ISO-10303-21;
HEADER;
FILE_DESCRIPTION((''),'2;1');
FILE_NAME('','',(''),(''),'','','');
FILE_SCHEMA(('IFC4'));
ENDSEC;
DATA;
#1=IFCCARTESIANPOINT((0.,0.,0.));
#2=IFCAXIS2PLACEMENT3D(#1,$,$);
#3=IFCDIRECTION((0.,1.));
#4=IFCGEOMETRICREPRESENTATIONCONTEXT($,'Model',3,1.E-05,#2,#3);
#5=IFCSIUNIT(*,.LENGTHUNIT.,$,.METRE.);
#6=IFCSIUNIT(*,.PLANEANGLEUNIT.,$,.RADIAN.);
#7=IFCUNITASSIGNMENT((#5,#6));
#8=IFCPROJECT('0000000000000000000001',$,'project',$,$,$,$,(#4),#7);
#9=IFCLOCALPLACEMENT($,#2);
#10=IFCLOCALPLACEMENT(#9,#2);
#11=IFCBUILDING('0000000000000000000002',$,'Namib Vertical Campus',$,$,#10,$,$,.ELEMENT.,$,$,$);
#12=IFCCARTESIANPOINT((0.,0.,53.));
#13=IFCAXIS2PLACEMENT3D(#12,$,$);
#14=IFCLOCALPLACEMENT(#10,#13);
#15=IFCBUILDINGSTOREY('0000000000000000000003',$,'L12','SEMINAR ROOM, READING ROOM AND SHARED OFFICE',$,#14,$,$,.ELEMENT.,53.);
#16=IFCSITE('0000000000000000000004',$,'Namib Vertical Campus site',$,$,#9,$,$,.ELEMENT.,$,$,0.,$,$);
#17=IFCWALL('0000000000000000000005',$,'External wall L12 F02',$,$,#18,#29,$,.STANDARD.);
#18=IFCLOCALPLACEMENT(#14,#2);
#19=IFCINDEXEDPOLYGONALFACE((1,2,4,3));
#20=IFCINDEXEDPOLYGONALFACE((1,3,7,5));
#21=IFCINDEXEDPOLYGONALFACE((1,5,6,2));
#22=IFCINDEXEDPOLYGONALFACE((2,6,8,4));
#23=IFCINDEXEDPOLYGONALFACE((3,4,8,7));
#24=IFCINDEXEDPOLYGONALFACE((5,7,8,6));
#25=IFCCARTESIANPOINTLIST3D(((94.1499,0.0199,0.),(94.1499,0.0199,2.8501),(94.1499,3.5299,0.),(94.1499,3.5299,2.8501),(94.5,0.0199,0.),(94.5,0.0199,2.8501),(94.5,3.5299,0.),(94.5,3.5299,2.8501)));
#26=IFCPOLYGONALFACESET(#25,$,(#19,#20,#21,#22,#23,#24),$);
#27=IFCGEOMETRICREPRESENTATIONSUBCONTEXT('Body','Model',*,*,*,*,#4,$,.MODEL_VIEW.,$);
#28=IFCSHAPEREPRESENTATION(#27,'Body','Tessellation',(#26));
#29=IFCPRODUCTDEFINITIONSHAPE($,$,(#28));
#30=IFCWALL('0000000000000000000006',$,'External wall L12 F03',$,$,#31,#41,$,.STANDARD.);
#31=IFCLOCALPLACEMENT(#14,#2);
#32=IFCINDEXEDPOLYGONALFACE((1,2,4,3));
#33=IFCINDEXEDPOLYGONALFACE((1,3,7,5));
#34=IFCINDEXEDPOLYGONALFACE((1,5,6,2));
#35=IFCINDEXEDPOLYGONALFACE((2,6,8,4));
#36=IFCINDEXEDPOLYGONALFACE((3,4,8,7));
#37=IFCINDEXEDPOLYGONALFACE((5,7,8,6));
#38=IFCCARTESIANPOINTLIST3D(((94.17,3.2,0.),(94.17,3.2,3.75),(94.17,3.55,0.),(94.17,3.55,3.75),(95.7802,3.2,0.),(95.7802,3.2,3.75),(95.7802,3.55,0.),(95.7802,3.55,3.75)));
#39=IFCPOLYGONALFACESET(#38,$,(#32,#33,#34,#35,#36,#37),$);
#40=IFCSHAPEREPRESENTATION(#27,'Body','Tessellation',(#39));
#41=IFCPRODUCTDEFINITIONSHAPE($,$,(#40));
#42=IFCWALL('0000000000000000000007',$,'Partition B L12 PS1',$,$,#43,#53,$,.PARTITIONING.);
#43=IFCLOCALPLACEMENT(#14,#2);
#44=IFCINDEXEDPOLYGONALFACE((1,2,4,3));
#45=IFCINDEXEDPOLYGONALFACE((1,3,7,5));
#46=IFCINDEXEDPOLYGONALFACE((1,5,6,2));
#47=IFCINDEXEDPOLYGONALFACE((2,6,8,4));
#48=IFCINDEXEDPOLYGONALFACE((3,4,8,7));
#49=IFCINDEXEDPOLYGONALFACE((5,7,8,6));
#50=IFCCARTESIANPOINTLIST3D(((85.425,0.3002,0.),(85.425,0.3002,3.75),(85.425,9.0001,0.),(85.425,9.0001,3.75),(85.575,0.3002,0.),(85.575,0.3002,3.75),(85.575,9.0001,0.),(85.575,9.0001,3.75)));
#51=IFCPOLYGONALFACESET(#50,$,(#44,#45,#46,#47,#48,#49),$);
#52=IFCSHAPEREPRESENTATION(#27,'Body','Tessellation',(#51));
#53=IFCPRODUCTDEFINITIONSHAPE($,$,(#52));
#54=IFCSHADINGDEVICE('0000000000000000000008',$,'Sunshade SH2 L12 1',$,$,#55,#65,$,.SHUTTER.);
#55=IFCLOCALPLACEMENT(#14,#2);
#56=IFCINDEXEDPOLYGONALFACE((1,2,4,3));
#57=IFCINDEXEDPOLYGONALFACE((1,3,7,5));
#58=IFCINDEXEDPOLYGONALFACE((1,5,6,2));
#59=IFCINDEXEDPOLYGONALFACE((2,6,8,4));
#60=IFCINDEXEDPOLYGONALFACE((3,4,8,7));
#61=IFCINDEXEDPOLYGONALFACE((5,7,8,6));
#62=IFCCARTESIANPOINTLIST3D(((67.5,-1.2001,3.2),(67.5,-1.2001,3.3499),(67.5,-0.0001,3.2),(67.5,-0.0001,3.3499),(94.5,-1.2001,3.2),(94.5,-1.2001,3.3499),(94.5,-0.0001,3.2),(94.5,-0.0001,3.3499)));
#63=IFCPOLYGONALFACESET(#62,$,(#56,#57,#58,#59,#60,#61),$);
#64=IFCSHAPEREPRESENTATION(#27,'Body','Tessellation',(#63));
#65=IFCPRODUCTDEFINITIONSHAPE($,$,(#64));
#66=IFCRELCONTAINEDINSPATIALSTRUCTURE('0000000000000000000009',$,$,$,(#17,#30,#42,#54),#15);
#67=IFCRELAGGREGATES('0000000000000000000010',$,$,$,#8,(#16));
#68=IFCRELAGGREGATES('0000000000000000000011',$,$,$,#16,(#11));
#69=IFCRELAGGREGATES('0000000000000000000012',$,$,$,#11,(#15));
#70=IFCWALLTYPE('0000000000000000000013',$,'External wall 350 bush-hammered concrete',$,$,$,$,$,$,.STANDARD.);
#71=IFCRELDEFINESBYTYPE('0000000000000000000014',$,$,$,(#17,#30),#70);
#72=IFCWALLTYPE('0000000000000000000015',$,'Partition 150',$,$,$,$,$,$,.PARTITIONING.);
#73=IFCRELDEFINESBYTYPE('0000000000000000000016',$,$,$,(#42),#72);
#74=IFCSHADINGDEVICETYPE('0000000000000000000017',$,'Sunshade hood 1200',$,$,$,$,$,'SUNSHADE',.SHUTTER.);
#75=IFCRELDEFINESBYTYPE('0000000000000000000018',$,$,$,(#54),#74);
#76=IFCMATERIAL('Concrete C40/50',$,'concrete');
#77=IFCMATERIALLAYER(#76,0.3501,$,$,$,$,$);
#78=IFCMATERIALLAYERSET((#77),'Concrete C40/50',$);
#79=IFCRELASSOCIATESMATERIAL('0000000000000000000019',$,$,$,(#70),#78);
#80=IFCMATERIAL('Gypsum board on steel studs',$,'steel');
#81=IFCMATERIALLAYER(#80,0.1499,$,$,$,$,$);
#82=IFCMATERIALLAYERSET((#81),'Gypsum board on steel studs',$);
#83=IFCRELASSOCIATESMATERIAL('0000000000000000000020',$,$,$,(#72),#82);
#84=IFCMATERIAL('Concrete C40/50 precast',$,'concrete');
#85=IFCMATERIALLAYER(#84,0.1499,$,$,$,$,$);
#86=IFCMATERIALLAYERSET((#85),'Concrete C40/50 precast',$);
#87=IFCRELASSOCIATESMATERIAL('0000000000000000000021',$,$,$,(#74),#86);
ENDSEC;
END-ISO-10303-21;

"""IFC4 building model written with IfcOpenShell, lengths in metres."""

from ifc_helpers import new_model, si_unit, direction, frame, frame_2d, origin, origin_2d, place, context, subcontext, project, spatial, rectangle, extrude, material, layer, layer_set, type_object, element, save


model = new_model("IFC4")

# Units and contexts
model_context = context("Model", 3, precision=1e-05, world=origin(), true_north=direction((0.0, 1.0)))
body_context = subcontext(model_context, "Body", "Model", "MODEL_VIEW")
ifc_project = project(units=[si_unit("LENGTHUNIT", "METRE"), si_unit("PLANEANGLEUNIT", "RADIAN")], contexts=[model_context])

# Site, building, storey
site_placement = place(None, origin())
site = spatial("IfcSite", under=ifc_project, at=site_placement, Name="Namib Vertical Campus site", CompositionType="ELEMENT", RefElevation=0.0)
building_placement = place(site_placement, origin())
building = spatial("IfcBuilding", under=site, at=building_placement, Name="Namib Vertical Campus", CompositionType="ELEMENT")
storey_placement = place(building_placement, frame((0.0, 0.0, 53.0)))
storey = spatial("IfcBuildingStorey", under=building, at=storey_placement, Name="L12", Description="SEMINAR ROOM, READING ROOM AND SHARED OFFICE", CompositionType="ELEMENT", Elevation=53.0)

# Walls
ifc_material_1 = material(Name="Concrete C40/50", Category="concrete")
ifc_layer_1 = layer(ifc_material_1, 0.3501)
ifc_layer_set_1 = layer_set([ifc_layer_1], Name="Concrete C40/50")
wall_type_1 = type_object("IfcWallType", Name="External wall 350 bush-hammered concrete", PredefinedType="STANDARD", material=ifc_layer_set_1)
wall_1_placement = place(storey_placement, frame((94.325, 0.02, 0.0), z_axis=(0.0, 0.0, 1.0), x_axis=(0.0, 1.0, 0.0)))
element("IfcWall", 1, at=wall_1_placement, inside=storey, type_object=wall_type_1, Name="External wall L12 F02", PredefinedType="STANDARD", context=body_context, shape_type="SweptSolid", body=[
    extrude(rectangle(XDim=3.51, YDim=0.3501, at=frame_2d((1.7549, 0.0))), origin(), (0.0, 0.0, 1.0), 2.8501),
])
wall_2_placement = place(storey_placement, frame((94.1699, 3.375, 0.0), z_axis=(0.0, 0.0, 1.0), x_axis=(1.0, 0.0, 0.0)))
element("IfcWall", 2, at=wall_2_placement, inside=storey, type_object=wall_type_1, Name="External wall L12 F03", PredefinedType="STANDARD", context=body_context, shape_type="SweptSolid", body=[
    extrude(rectangle(XDim=1.6101, YDim=0.3501, at=frame_2d((0.8052, 0.0))), origin(), (0.0, 0.0, 1.0), 3.75),
])
ifc_material_2 = material(Name="Gypsum board on steel studs", Category="steel")
ifc_layer_2 = layer(ifc_material_2, 0.1499)
ifc_layer_set_2 = layer_set([ifc_layer_2], Name="Gypsum board on steel studs")
wall_type_2 = type_object("IfcWallType", Name="Partition 150", PredefinedType="PARTITIONING", material=ifc_layer_set_2)
wall_3_placement = place(storey_placement, frame((85.5, 0.3, 0.0), z_axis=(0.0, 0.0, 1.0), x_axis=(0.0, 1.0, 0.0)))
element("IfcWall", 3, at=wall_3_placement, inside=storey, type_object=wall_type_2, Name="Partition B L12 PS1", PredefinedType="PARTITIONING", context=body_context, shape_type="SweptSolid", body=[
    extrude(rectangle(XDim=8.7, YDim=0.1499, at=frame_2d((4.3501, 0.0))), origin(), (0.0, 0.0, 1.0), 3.75),
])

# Shading device
ifc_material_3 = material(Name="Concrete C40/50 precast", Category="concrete")
ifc_layer_3 = layer(ifc_material_3, 0.1499)
ifc_layer_set_3 = layer_set([ifc_layer_3], Name="Concrete C40/50 precast")
shading_device_type = type_object("IfcShadingDeviceType", Name="Sunshade hood 1200", ElementType="SUNSHADE", PredefinedType="SHUTTER", material=ifc_layer_set_3)
shading_device_placement = place(storey_placement, frame((81.0, -0.6001, 3.2), z_axis=(0.0, 0.0, 1.0), x_axis=(1.0, 0.0, 0.0)))
element("IfcShadingDevice", 4, at=shading_device_placement, inside=storey, type_object=shading_device_type, Name="Sunshade SH2 L12 1", PredefinedType="SHUTTER", context=body_context, shape_type="SweptSolid", body=[
    extrude(rectangle(XDim=27.0, YDim=1.2, at=origin_2d()), origin(), (0.0, 0.0, 1.0), 0.1499),
])

save(model, "model.ifc")
